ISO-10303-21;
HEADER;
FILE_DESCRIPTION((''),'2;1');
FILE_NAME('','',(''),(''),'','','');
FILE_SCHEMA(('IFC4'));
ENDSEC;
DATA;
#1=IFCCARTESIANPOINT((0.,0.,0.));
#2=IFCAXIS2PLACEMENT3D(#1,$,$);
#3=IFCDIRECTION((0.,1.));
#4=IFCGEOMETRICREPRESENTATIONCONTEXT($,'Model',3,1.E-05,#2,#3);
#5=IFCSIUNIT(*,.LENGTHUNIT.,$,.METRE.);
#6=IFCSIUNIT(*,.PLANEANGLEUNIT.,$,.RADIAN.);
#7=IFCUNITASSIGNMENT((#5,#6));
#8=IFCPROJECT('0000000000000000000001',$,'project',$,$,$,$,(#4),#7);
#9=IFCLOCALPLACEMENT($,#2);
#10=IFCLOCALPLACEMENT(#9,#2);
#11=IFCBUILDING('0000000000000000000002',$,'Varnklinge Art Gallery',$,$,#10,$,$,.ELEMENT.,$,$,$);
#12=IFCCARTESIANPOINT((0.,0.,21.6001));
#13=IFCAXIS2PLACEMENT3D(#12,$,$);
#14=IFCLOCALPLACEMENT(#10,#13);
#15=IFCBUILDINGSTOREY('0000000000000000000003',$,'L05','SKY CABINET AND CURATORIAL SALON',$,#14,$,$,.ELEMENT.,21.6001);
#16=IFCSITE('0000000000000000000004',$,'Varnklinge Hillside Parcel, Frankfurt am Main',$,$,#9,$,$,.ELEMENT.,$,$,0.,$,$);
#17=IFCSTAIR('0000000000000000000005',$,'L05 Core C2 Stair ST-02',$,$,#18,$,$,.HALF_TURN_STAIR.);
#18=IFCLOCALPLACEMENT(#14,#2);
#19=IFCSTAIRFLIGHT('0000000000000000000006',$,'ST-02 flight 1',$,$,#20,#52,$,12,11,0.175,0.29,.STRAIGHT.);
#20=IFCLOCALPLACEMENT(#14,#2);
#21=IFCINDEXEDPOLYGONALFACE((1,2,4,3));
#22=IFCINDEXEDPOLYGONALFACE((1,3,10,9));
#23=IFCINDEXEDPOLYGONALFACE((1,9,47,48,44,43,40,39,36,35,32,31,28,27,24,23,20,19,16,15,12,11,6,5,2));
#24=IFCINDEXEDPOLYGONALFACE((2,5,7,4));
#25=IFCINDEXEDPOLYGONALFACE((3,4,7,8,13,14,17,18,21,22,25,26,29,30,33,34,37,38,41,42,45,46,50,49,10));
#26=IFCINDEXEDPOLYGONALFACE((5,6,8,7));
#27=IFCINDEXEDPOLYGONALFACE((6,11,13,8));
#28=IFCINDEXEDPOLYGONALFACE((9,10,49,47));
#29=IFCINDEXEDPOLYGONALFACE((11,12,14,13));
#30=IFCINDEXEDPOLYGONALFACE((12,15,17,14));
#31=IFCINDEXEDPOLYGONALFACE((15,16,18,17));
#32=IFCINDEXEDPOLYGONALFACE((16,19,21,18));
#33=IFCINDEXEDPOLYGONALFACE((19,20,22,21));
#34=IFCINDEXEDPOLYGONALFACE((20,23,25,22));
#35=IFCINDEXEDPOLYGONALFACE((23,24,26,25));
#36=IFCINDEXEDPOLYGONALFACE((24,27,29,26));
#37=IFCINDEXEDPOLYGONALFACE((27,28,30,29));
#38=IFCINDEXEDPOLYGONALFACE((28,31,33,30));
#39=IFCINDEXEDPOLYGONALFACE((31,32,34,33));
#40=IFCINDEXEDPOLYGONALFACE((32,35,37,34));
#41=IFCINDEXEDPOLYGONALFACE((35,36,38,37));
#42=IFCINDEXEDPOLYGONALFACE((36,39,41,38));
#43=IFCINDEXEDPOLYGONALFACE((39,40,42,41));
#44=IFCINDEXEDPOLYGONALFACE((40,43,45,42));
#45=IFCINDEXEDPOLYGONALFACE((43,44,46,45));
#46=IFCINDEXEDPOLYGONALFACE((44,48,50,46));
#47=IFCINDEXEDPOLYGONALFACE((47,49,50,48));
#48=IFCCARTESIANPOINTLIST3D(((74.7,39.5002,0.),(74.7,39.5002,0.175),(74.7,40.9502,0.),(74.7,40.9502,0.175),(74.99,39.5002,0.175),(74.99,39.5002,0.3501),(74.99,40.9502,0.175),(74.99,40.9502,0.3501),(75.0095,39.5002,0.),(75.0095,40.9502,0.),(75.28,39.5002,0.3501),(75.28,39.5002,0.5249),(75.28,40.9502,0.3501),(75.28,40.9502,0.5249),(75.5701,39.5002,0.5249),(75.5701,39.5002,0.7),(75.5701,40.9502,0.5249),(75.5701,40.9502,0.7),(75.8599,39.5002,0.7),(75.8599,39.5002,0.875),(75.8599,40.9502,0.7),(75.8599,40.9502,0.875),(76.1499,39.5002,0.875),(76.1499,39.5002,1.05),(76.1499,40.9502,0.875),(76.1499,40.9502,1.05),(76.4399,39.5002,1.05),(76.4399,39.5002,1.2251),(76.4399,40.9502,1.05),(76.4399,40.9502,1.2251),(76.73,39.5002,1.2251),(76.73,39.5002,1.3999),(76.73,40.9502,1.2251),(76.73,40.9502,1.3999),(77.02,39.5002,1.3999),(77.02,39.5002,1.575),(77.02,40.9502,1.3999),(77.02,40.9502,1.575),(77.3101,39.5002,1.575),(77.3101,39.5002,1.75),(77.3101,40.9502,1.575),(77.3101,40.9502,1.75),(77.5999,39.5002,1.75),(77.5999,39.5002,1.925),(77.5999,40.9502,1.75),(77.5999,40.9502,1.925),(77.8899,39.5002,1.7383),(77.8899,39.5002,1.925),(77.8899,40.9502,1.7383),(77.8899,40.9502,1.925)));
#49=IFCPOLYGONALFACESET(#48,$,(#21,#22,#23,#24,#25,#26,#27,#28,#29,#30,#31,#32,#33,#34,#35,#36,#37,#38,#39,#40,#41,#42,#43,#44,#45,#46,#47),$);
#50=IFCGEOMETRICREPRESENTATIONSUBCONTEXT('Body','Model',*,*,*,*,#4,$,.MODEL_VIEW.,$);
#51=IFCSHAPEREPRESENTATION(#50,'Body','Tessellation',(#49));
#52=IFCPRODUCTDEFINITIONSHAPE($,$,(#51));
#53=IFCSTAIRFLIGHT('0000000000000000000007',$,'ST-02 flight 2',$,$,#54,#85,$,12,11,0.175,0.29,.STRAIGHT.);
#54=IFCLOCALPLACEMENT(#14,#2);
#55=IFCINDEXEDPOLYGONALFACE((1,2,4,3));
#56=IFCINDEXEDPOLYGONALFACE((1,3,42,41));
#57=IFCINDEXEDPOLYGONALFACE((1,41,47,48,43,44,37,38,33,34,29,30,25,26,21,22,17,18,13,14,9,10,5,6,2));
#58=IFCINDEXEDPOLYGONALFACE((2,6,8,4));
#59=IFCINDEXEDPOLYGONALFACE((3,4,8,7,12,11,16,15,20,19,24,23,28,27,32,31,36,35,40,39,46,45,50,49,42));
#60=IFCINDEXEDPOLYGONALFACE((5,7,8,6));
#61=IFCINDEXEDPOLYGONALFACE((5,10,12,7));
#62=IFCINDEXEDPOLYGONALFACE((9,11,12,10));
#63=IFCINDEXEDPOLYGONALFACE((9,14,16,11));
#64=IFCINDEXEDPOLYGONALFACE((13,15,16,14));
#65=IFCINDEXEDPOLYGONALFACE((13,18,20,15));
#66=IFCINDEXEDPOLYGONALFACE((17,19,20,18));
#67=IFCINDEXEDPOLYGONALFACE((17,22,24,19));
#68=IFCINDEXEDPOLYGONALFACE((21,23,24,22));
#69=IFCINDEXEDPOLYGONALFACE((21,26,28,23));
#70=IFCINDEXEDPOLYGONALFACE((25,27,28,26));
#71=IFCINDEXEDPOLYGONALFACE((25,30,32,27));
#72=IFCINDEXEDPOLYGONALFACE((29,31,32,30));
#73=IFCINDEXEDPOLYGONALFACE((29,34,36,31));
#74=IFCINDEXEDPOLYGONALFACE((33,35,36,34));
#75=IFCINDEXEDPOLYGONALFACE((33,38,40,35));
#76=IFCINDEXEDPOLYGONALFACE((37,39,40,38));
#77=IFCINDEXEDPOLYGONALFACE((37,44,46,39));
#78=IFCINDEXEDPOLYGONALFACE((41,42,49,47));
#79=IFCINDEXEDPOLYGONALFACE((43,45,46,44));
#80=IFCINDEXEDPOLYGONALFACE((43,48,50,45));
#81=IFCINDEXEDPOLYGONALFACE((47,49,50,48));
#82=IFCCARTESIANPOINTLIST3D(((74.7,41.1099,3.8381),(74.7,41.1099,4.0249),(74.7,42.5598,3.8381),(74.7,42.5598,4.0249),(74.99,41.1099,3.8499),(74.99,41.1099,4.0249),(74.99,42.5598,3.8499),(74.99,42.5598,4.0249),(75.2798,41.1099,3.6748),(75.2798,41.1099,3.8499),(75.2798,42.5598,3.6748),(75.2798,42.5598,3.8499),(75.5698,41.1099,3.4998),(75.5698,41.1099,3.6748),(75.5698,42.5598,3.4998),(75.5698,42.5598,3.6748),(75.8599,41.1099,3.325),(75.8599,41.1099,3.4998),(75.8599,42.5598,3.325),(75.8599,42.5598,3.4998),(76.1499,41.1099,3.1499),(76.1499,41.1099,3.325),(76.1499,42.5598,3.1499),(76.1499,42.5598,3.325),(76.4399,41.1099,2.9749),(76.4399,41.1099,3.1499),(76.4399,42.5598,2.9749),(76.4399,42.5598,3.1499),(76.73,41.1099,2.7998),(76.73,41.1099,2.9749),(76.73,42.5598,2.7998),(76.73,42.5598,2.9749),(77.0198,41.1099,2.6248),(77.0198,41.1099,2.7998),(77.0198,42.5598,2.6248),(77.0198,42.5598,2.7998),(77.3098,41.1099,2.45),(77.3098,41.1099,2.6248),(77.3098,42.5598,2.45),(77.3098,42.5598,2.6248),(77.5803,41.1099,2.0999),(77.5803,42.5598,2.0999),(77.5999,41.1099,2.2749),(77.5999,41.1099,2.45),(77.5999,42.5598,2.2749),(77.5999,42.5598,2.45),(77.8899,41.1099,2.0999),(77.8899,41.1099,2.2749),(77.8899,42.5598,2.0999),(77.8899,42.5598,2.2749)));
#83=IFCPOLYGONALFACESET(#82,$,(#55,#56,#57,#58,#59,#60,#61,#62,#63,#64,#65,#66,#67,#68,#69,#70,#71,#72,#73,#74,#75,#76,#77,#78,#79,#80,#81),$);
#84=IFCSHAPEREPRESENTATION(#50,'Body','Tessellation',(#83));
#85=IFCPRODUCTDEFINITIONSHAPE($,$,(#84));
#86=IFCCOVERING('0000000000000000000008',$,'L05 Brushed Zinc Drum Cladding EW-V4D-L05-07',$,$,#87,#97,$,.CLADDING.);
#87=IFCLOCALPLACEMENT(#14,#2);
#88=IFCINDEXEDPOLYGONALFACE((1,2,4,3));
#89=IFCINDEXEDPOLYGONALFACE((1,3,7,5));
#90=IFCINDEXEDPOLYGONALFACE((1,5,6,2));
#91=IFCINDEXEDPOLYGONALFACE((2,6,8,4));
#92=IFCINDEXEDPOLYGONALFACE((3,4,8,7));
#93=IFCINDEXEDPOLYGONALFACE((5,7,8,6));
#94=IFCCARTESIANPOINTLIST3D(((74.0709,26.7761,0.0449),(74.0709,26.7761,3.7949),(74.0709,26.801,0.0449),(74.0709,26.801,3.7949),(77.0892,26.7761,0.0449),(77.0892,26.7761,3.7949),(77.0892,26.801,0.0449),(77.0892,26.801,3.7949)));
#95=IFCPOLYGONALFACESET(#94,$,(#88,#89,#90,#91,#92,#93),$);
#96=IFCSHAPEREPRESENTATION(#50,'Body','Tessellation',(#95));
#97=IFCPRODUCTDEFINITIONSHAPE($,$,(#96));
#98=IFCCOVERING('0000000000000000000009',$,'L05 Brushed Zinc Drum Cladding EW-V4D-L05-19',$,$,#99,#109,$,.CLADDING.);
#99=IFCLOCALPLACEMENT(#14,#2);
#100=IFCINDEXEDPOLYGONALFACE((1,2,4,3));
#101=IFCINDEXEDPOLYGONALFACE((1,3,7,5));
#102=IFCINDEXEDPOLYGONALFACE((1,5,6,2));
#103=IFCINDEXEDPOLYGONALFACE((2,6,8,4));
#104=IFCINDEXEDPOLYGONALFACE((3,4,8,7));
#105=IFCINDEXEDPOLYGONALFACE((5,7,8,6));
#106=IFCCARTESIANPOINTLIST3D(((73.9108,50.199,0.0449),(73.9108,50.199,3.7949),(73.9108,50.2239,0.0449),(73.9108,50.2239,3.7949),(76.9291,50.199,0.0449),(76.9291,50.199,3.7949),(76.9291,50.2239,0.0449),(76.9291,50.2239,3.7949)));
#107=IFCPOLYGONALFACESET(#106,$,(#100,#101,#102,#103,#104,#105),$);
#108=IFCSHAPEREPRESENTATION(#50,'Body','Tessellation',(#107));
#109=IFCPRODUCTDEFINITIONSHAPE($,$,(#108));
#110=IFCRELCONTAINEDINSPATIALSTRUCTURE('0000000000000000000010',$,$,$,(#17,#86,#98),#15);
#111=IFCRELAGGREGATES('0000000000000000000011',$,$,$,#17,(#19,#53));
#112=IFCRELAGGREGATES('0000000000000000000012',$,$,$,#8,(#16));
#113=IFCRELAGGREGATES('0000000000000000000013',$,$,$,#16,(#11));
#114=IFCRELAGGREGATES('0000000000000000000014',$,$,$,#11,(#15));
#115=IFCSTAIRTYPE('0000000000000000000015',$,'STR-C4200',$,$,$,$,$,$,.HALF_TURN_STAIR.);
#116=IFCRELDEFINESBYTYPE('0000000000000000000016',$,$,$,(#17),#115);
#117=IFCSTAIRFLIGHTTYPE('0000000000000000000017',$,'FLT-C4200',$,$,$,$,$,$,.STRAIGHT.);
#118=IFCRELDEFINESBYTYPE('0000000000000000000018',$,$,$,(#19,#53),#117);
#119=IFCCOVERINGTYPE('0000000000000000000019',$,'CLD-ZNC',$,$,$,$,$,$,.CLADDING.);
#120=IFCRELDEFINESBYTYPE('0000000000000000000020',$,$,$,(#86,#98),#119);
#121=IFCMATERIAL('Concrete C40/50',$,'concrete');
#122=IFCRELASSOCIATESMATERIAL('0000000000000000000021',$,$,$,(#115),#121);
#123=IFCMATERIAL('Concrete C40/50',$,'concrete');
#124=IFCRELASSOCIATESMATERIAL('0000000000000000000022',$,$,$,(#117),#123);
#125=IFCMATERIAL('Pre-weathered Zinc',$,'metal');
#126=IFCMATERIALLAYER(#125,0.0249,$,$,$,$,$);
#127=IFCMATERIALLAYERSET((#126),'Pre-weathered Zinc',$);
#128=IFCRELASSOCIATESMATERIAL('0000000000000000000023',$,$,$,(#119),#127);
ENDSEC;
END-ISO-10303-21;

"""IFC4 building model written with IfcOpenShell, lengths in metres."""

from ifc_helpers import new_model, si_unit, direction, frame, origin, origin_2d, place, context, subcontext, project, spatial, polyline, rectangle, outline, extrude, material, layer, layer_set, type_object, element, aggregate, save


model = new_model("IFC4")

# Units and contexts
model_context = context("Model", 3, precision=1e-05, world=origin(), true_north=direction((0.0, 1.0)))
body_context = subcontext(model_context, "Body", "Model", "MODEL_VIEW")
ifc_project = project(units=[si_unit("LENGTHUNIT", "METRE"), si_unit("PLANEANGLEUNIT", "RADIAN")], contexts=[model_context])

# Site, building, storey
site_placement = place(None, origin())
site = spatial("IfcSite", under=ifc_project, at=site_placement, Name="Varnklinge Hillside Parcel, Frankfurt am Main", CompositionType="ELEMENT", RefElevation=0.0)
building_placement = place(site_placement, origin())
building = spatial("IfcBuilding", under=site, at=building_placement, Name="Varnklinge Art Gallery", CompositionType="ELEMENT")
storey_placement = place(building_placement, frame((0.0, 0.0, 21.6001)))
storey = spatial("IfcBuildingStorey", under=building, at=storey_placement, Name="L05", Description="SKY CABINET AND CURATORIAL SALON", CompositionType="ELEMENT", Elevation=21.6001)

# Stair, stair flights
ifc_material_1 = material(Name="Concrete C40/50", Category="concrete")
stair_type = type_object("IfcStairType", Name="STR-C4200", PredefinedType="HALF_TURN_STAIR", material=ifc_material_1)
ifc_material_2 = material(Name="Concrete C40/50", Category="concrete")
stair_flight_type = type_object("IfcStairFlightType", Name="FLT-C4200", PredefinedType="STRAIGHT", material=ifc_material_2)
stair_1_placement = place(storey_placement, origin())
stair_1 = element("IfcStair", 1, at=stair_1_placement, inside=storey, type_object=stair_type, Name="L05 Core C2 Stair ST-02", PredefinedType="HALF_TURN_STAIR")
stair_flight_1_placement = place(storey_placement, frame((74.7, 40.2251, 0.0), z_axis=(0.0, 0.0, 1.0), x_axis=(1.0, 0.0, 0.0)))
stair_flight_1 = element("IfcStairFlight", 2, at=stair_flight_1_placement, type_object=stair_flight_type, Name="ST-02 flight 1", NumberOfRisers=12, NumberOfTreads=11, PredefinedType="STRAIGHT", RiserHeight=0.175, TreadLength=0.29, context=body_context, shape_type="SweptSolid", body=[
    extrude(outline(polyline([(0.0, 0.0), (0.0, 0.175), (0.29, 0.175), (0.29, 0.3501), (0.5801, 0.3501), (0.5801, 0.5249), (0.8701, 0.5249), (0.8701, 0.7), (1.1599, 0.7), (1.1599, 0.875), (1.45, 0.875), (1.45, 1.05), (1.74, 1.05), (1.74, 1.2251), (2.03, 1.2251), (2.03, 1.3999), (2.3201, 1.3999), (2.3201, 1.575), (2.6101, 1.575), (2.6101, 1.75), (2.8999, 1.75), (2.8999, 1.925), (3.1899, 1.925), (3.1899, 2.1001), (3.1899, 1.7383), (0.3096, 0.0), (0.0, 0.0)])), frame((0.0, 0.7251, 0.0), z_axis=(0.0, -1.0, 0.0), x_axis=(1.0, 0.0, 0.0)), (0.0, 0.0, 1.0), 1.45),
])
stair_flight_2_placement = place(storey_placement, frame((77.8899, 41.835, 2.0999), z_axis=(0.0, 0.0, 1.0), x_axis=(-1.0, 0.0, 0.0)))
stair_flight_2 = element("IfcStairFlight", 3, at=stair_flight_2_placement, type_object=stair_flight_type, Name="ST-02 flight 2", NumberOfRisers=12, NumberOfTreads=11, PredefinedType="STRAIGHT", RiserHeight=0.175, TreadLength=0.29, context=body_context, shape_type="SweptSolid", body=[
    extrude(outline(polyline([(0.0, 0.0), (0.0, 0.175), (0.29, 0.175), (0.29, 0.3501), (0.5801, 0.3501), (0.5801, 0.5249), (0.8701, 0.5249), (0.8701, 0.7), (1.1599, 0.7), (1.1599, 0.875), (1.45, 0.875), (1.45, 1.05), (1.74, 1.05), (1.74, 1.2251), (2.03, 1.2251), (2.03, 1.3999), (2.3201, 1.3999), (2.3201, 1.575), (2.6101, 1.575), (2.6101, 1.75), (2.8999, 1.75), (2.8999, 1.925), (3.1899, 1.925), (3.1899, 2.1001), (3.1899, 1.7383), (0.3096, 0.0), (0.0, 0.0)])), frame((0.0, 0.7251, 0.0), z_axis=(0.0, -1.0, 0.0), x_axis=(1.0, 0.0, 0.0)), (0.0, 0.0, 1.0), 1.45),
])
aggregate(stair_1, [stair_flight_1, stair_flight_2])

# Coverings
ifc_material_3 = material(Name="Pre-weathered Zinc", Category="metal")
ifc_layer_1 = layer(ifc_material_3, 0.0249)
ifc_layer_set_1 = layer_set([ifc_layer_1], Name="Pre-weathered Zinc")
covering_type = type_object("IfcCoveringType", Name="CLD-ZNC", PredefinedType="CLADDING", material=ifc_layer_set_1)
for number, where, z_axis, x_axis, name in (
    (4, (75.5801, 26.7886, 0.0449), (0.0, 0.0, 1.0), (-1.0, 0.0, 0.0), "L05 Brushed Zinc Drum Cladding EW-V4D-L05-07"),
    (5, (75.4199, 50.2114, 0.0449), (0.0, 0.0, 1.0), (1.0, 0.0, 0.0), "L05 Brushed Zinc Drum Cladding EW-V4D-L05-19"),
):
    element("IfcCovering", number, at=place(storey_placement, frame(where, z_axis=z_axis, x_axis=x_axis)), inside=storey, type_object=covering_type, Name=name, PredefinedType="CLADDING", context=body_context, shape_type="SweptSolid", body=[
        extrude(rectangle(XDim=3.0183, YDim=0.0249, at=origin_2d()), origin(), (0.0, 0.0, 1.0), 3.75),
    ])

save(model, "model.ifc")
